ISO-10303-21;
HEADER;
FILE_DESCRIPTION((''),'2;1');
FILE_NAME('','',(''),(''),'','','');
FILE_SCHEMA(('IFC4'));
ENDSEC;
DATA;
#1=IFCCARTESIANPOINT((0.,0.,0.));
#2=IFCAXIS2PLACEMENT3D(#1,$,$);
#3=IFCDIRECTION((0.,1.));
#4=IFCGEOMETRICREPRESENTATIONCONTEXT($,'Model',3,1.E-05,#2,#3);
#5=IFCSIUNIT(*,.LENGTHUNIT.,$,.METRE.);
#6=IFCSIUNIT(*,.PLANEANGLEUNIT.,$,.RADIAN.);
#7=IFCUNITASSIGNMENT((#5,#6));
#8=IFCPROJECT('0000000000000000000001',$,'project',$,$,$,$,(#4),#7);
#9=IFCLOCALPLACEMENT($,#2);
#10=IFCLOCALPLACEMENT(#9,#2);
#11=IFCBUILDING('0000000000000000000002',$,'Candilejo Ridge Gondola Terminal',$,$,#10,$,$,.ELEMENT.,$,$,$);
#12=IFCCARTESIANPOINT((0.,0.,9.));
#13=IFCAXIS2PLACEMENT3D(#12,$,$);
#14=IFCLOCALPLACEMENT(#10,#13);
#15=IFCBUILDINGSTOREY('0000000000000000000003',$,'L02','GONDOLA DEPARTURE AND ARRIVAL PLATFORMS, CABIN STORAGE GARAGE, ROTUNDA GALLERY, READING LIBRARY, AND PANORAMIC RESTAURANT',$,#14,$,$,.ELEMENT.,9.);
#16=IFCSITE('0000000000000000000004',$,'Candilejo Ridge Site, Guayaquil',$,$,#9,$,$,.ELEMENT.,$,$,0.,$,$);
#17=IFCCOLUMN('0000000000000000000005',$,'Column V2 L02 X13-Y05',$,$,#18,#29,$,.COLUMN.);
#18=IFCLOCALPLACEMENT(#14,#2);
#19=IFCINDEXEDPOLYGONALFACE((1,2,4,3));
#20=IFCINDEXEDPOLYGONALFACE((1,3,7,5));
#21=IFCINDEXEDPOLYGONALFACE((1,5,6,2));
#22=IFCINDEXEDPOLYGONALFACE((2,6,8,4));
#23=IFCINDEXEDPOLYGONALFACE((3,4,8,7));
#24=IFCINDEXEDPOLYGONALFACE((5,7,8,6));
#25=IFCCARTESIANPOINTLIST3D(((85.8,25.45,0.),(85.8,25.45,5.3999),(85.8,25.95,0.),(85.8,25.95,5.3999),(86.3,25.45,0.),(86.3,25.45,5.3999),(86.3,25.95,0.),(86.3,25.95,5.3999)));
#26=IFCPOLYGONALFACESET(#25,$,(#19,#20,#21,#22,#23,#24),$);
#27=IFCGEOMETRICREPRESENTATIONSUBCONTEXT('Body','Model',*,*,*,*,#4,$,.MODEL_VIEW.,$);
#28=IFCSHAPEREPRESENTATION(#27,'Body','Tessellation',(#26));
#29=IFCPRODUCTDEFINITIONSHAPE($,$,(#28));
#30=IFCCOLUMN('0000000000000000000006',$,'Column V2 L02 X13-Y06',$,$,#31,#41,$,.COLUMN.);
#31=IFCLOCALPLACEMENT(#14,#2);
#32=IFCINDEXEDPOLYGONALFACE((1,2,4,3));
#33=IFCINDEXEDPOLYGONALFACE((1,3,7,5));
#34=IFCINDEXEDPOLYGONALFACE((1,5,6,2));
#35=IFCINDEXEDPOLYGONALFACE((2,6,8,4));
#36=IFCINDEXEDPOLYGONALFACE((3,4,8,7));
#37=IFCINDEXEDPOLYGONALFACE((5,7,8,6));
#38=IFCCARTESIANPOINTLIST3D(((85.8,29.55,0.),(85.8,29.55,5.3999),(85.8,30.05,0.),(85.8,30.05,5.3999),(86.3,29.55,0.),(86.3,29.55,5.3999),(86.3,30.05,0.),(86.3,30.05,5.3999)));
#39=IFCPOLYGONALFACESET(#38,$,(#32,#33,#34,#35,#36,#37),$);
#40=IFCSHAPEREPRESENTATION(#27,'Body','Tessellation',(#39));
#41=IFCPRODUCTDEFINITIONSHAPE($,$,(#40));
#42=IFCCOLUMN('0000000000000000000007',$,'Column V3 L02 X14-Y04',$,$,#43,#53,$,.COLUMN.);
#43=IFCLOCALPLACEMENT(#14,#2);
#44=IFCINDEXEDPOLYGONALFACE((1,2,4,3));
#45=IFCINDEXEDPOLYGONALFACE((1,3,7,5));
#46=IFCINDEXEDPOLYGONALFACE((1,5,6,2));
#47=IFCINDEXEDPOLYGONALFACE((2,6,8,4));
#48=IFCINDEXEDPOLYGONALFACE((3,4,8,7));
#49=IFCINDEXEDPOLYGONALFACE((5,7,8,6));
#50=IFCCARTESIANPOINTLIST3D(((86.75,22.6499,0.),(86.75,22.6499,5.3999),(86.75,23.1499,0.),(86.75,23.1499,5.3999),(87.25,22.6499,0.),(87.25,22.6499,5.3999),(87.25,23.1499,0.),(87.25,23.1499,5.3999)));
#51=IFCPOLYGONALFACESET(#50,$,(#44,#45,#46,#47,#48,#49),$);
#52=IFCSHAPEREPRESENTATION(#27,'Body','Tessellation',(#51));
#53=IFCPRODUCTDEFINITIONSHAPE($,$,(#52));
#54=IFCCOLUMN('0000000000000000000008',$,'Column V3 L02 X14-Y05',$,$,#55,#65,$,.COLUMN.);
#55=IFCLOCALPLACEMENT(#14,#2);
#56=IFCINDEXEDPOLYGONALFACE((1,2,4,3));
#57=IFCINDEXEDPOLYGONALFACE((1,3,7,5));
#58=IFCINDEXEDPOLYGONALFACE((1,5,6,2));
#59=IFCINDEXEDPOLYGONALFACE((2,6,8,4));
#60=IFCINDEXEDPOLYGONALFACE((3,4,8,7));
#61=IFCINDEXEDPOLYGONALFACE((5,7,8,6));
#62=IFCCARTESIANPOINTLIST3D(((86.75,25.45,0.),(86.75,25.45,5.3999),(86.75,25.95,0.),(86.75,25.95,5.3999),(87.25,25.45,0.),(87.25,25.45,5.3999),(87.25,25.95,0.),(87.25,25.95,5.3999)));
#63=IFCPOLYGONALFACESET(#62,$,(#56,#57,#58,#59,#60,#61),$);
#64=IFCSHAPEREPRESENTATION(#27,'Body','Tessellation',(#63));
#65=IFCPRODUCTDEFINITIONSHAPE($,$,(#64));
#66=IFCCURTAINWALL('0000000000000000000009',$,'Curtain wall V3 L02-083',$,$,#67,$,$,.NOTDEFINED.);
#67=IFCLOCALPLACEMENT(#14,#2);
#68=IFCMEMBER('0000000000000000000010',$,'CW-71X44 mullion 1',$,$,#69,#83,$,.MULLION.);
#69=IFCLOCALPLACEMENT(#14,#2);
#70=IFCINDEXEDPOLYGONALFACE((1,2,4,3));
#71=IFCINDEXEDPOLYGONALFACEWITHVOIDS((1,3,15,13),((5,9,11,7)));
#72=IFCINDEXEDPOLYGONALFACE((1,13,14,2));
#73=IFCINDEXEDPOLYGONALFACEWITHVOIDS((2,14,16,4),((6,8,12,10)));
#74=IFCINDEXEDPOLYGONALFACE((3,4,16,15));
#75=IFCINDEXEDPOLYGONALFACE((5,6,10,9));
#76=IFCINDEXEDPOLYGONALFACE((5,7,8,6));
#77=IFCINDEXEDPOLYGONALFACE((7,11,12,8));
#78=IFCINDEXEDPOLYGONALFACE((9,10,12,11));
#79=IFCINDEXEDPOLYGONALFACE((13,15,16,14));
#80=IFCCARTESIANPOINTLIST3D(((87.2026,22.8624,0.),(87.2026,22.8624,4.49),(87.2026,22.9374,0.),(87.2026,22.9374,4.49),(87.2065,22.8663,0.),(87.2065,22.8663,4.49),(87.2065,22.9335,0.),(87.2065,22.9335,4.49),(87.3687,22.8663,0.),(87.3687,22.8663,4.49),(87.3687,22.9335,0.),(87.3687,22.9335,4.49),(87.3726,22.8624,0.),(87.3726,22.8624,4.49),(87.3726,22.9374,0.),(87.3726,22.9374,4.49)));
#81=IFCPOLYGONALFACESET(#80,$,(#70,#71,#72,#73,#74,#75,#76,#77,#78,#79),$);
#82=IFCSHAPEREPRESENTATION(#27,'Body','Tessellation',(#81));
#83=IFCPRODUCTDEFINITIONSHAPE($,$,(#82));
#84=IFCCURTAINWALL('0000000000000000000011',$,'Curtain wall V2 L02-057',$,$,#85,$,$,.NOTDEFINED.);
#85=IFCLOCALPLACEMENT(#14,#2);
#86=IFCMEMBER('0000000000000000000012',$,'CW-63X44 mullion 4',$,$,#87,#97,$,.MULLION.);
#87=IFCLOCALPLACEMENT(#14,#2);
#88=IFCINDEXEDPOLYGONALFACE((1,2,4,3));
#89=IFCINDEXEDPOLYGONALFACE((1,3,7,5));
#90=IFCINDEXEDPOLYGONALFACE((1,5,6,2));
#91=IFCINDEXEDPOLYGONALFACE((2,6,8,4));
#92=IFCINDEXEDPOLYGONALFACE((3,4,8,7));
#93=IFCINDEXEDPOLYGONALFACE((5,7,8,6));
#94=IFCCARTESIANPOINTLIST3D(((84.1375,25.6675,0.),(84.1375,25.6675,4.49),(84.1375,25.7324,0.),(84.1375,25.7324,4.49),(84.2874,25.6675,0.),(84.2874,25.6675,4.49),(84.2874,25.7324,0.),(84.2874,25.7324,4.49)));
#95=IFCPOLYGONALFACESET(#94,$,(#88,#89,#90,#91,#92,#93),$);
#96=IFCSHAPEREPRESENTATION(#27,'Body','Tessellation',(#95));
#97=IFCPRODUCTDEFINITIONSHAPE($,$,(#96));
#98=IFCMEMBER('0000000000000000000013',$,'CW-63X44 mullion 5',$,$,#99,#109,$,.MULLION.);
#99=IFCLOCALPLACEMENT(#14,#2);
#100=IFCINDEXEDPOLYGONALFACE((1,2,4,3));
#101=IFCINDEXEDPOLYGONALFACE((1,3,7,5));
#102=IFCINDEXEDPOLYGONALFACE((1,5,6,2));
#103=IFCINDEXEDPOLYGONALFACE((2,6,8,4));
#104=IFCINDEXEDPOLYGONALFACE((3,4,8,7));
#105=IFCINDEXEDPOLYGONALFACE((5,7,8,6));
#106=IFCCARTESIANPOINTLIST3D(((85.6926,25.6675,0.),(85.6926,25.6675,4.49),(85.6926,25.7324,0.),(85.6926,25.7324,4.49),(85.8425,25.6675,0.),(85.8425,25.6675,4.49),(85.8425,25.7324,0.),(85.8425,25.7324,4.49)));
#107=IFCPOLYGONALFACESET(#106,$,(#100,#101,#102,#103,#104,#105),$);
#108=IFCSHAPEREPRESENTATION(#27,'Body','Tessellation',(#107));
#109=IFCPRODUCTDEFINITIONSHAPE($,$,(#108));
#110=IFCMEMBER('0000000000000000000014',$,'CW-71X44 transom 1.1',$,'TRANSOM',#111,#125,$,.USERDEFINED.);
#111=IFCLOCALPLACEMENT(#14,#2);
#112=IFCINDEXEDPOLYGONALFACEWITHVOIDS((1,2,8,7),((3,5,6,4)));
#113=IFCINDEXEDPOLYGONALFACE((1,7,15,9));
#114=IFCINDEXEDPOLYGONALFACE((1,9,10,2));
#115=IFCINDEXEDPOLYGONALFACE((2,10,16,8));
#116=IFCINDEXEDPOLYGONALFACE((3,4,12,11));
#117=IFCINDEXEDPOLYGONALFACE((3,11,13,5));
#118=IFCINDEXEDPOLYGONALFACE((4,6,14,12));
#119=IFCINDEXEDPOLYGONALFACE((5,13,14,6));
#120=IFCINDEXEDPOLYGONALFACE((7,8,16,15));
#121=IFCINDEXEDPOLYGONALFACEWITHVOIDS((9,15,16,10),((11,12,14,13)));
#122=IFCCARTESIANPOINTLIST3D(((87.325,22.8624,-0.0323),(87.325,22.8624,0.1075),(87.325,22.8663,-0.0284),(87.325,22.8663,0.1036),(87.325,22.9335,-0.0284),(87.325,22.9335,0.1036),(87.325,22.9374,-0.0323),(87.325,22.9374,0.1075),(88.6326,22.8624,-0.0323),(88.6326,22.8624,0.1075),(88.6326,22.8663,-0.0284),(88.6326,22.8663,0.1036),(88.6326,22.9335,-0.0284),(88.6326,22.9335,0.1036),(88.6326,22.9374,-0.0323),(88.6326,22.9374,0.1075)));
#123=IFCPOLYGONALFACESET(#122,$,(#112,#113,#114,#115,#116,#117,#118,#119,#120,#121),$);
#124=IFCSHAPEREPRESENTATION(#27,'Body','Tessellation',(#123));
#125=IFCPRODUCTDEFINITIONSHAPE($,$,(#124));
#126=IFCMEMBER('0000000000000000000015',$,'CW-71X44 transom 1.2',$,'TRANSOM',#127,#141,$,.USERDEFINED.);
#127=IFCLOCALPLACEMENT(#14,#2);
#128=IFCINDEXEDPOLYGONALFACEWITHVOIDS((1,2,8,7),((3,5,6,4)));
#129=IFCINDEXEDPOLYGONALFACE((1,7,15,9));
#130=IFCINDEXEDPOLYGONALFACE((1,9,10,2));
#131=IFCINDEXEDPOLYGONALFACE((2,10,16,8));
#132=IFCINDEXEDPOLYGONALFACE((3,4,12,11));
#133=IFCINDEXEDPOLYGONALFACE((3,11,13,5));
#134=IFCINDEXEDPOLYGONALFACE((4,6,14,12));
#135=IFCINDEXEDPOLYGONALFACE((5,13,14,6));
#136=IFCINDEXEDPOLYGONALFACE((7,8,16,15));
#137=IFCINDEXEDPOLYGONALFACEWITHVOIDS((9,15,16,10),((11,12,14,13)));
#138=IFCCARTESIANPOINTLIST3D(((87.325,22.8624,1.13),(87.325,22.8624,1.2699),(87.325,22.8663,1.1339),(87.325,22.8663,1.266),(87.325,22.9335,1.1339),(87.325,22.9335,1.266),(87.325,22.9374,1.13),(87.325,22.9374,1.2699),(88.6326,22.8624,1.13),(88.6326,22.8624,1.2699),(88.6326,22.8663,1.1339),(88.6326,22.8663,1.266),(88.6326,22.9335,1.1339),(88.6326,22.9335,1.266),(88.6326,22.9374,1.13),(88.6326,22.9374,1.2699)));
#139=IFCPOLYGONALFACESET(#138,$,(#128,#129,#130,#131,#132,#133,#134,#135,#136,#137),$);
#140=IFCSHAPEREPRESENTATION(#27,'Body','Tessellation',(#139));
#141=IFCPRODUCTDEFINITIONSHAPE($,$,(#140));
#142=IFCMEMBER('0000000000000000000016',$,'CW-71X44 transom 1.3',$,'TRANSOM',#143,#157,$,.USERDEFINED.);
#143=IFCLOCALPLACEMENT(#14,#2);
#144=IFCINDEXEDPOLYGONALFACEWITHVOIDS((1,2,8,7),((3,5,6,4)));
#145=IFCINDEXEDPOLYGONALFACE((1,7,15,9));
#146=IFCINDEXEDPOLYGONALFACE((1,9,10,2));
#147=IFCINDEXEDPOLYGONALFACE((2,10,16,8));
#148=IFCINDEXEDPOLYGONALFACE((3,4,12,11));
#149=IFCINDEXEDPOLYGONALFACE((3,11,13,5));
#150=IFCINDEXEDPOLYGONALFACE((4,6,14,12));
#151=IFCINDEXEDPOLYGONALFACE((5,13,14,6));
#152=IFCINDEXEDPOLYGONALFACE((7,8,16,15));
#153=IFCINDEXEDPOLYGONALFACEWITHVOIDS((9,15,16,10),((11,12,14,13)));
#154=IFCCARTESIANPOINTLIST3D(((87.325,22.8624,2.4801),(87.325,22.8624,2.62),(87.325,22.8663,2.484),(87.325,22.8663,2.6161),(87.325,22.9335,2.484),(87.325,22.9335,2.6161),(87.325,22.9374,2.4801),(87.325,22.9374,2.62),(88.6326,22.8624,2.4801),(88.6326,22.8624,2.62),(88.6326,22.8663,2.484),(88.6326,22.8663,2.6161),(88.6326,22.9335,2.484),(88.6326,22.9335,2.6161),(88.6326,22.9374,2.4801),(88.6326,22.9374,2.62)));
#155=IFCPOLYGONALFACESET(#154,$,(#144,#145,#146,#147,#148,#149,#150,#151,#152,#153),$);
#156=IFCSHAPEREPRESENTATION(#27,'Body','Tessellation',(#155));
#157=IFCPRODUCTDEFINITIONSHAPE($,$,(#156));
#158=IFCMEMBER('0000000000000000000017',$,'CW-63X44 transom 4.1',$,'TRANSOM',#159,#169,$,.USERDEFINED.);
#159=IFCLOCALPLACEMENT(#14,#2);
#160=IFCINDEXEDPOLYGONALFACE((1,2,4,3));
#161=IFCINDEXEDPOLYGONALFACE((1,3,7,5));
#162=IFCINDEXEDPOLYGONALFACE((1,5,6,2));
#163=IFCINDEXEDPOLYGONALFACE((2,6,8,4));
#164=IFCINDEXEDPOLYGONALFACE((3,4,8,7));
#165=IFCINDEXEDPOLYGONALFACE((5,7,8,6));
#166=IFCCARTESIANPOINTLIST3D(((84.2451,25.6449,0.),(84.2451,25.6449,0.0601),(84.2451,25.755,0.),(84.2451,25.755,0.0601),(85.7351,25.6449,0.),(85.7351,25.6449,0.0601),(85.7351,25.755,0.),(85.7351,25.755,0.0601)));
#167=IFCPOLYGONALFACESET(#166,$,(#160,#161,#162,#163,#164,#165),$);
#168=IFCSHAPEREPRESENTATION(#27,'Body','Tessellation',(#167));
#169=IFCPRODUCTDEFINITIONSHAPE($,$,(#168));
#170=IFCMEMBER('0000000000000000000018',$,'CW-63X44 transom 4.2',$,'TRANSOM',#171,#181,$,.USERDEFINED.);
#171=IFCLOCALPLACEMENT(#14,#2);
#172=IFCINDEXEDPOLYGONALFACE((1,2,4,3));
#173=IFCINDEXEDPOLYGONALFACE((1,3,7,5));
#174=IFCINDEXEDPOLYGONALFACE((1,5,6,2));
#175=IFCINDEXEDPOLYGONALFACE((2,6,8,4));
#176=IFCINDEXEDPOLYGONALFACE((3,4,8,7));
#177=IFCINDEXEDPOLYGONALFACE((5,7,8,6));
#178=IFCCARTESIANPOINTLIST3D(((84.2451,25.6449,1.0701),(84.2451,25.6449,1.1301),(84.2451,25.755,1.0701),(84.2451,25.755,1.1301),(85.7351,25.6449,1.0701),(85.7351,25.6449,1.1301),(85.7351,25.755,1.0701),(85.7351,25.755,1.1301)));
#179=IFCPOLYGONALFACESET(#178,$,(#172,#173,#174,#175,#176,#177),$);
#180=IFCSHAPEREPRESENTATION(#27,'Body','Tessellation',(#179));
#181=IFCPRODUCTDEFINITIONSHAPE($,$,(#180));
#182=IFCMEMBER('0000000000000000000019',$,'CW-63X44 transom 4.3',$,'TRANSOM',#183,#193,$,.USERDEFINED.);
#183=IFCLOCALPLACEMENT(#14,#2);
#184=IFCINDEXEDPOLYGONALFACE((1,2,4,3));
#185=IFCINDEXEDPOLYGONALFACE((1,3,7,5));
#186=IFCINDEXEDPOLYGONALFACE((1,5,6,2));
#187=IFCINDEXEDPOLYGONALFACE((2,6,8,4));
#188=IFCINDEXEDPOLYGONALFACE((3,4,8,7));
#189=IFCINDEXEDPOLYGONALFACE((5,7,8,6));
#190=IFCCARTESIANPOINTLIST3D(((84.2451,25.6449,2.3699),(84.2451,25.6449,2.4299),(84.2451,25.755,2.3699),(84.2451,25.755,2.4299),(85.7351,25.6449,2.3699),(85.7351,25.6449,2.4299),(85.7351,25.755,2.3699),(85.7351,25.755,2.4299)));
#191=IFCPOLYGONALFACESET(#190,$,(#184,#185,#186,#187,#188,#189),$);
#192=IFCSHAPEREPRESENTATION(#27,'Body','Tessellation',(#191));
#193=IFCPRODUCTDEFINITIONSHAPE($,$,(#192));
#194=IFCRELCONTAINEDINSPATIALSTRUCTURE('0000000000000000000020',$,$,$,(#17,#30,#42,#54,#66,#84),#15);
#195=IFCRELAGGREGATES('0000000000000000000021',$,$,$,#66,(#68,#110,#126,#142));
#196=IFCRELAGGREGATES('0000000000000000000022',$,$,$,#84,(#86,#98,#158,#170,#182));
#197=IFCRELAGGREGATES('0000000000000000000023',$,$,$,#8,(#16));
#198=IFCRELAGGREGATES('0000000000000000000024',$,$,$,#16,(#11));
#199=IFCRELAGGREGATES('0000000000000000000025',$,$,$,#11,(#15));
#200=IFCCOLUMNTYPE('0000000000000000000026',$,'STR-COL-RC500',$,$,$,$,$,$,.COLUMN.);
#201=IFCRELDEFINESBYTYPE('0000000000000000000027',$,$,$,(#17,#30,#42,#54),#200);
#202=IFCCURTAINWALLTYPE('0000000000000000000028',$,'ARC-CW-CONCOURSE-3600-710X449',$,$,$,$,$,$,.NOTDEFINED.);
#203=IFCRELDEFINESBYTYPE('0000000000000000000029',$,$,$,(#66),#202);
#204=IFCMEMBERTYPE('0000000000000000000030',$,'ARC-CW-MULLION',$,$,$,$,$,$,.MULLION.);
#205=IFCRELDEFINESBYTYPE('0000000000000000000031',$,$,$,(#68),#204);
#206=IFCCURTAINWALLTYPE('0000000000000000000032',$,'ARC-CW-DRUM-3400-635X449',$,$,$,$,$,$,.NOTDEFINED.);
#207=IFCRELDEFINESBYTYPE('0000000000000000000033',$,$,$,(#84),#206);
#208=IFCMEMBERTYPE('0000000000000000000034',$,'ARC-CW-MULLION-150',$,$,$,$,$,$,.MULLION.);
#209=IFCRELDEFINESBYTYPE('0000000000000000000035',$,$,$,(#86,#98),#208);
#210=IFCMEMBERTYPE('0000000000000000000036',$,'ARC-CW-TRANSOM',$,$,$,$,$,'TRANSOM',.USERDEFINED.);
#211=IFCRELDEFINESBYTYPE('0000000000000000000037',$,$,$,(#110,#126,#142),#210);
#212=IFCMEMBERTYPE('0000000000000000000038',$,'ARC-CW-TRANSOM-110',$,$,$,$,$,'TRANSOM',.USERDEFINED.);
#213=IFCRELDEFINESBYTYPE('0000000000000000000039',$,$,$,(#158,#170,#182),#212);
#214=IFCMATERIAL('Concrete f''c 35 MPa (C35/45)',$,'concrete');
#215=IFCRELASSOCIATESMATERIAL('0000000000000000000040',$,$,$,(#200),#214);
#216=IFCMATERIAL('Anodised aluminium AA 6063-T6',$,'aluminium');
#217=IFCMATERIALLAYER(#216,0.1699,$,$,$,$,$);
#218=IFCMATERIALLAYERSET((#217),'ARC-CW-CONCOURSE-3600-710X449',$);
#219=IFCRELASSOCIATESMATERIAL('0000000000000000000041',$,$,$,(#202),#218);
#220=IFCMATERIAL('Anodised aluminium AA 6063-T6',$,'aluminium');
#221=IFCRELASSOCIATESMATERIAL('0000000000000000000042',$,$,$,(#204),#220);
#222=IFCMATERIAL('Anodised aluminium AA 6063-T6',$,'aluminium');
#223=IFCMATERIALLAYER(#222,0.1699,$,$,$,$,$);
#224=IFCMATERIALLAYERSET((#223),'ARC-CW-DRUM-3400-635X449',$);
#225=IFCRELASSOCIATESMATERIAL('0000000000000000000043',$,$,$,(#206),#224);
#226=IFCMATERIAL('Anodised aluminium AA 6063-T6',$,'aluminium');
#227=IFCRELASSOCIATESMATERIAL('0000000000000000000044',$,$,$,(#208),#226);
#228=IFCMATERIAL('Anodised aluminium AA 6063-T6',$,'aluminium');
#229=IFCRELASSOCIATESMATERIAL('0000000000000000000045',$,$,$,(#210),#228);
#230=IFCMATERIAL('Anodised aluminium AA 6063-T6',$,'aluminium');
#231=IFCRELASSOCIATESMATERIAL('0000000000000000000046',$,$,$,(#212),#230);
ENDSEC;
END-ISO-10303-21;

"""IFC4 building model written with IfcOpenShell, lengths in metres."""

from ifc_helpers import new_model, si_unit, direction, frame, origin, origin_2d, place, context, subcontext, project, spatial, rectangle, hollow_rectangle, extrude, material, layer, layer_set, material_profile, profile_set, type_object, element, aggregate, save


model = new_model("IFC4")

# Units and contexts
model_context = context("Model", 3, precision=1e-05, world=origin(), true_north=direction((0.0, 1.0)))
body_context = subcontext(model_context, "Body", "Model", "MODEL_VIEW")
ifc_project = project(units=[si_unit("LENGTHUNIT", "METRE"), si_unit("PLANEANGLEUNIT", "RADIAN")], contexts=[model_context])

# Site, building, storey
site_placement = place(None, origin())
site = spatial("IfcSite", under=ifc_project, at=site_placement, Name="Candilejo Ridge Site, Guayaquil", CompositionType="ELEMENT", RefElevation=0.0)
building_placement = place(site_placement, origin())
building = spatial("IfcBuilding", under=site, at=building_placement, Name="Candilejo Ridge Gondola Terminal", CompositionType="ELEMENT")
storey_placement = place(building_placement, frame((0.0, 0.0, 9.0)))
storey = spatial("IfcBuildingStorey", under=building, at=storey_placement, Name="L02", Description="GONDOLA DEPARTURE AND ARRIVAL PLATFORMS, CABIN STORAGE GARAGE, ROTUNDA GALLERY, READING LIBRARY, AND PANORAMIC RESTAURANT", CompositionType="ELEMENT", Elevation=9.0)

# Columns
ifc_material_1 = material(Name="Concrete f'c 35 MPa (C35/45)", Category="concrete")
ifc_material_profile_1 = material_profile(ifc_material_1, rectangle(XDim=0.5, YDim=0.5, at=origin_2d()))
ifc_profile_set_1 = profile_set([ifc_material_profile_1], Name="Concrete f'c 35 MPa (C35/45)")
column_type = type_object("IfcColumnType", Name="STR-COL-RC500", PredefinedType="COLUMN", material=ifc_profile_set_1)
for number, where, z_axis, x_axis, name in (
    (1, (86.05, 25.7, 0.0), (0.0, 0.0, 1.0), (1.0, 0.0, 0.0), "Column V2 L02 X13-Y05"),
    (2, (86.05, 29.8, 0.0), (0.0, 0.0, 1.0), (1.0, 0.0, 0.0), "Column V2 L02 X13-Y06"),
    (3, (87.0, 22.8999, 0.0), (0.0, 0.0, 1.0), (1.0, 0.0, 0.0), "Column V3 L02 X14-Y04"),
    (4, (87.0, 25.7, 0.0), (0.0, 0.0, 1.0), (1.0, 0.0, 0.0), "Column V3 L02 X14-Y05"),
):
    element("IfcColumn", number, at=place(storey_placement, frame(where, z_axis=z_axis, x_axis=x_axis)), inside=storey, type_object=column_type, Name=name, PredefinedType="COLUMN", context=body_context, shape_type="SweptSolid", body=[
        extrude(rectangle(XDim=0.5, YDim=0.5, at=origin_2d()), origin(), (0.0, 0.0, 1.0), 5.3999),
    ])

# Curtain wall, member
ifc_material_2 = material(Name="Anodised aluminium AA 6063-T6", Category="aluminium")
ifc_layer_1 = layer(ifc_material_2, 0.1699)
ifc_layer_set_1 = layer_set([ifc_layer_1], Name="ARC-CW-CONCOURSE-3600-710X449")
curtain_wall_type_1 = type_object("IfcCurtainWallType", Name="ARC-CW-CONCOURSE-3600-710X449", PredefinedType="NOTDEFINED", material=ifc_layer_set_1)
curtain_wall_1_placement = place(storey_placement, origin())
curtain_wall_1 = element("IfcCurtainWall", 5, at=curtain_wall_1_placement, inside=storey, type_object=curtain_wall_type_1, Name="Curtain wall V3 L02-083", PredefinedType="NOTDEFINED")
ifc_material_3 = material(Name="Anodised aluminium AA 6063-T6", Category="aluminium")
ifc_material_profile_2 = material_profile(ifc_material_3, hollow_rectangle(XDim=0.075, YDim=0.1699, WallThickness=0.0039, at=origin_2d()))
ifc_profile_set_2 = profile_set([ifc_material_profile_2], Name="Anodised aluminium AA 6063-T6")
member_type_1 = type_object("IfcMemberType", Name="ARC-CW-MULLION", PredefinedType="MULLION", material=ifc_profile_set_2)
member_1_placement = place(storey_placement, frame((87.2876, 22.8999, 0.0), z_axis=(0.0, 0.0, 1.0), x_axis=(0.0, 1.0, 0.0)))
member_1 = element("IfcMember", 6, at=member_1_placement, type_object=member_type_1, Name="CW-71X44 mullion 1", PredefinedType="MULLION", context=body_context, shape_type="SweptSolid", body=[
    extrude(hollow_rectangle(XDim=0.075, YDim=0.1699, WallThickness=0.0039, at=origin_2d()), origin(), (0.0, 0.0, 1.0), 4.49),
])

# Curtain wall, members
ifc_material_4 = material(Name="Anodised aluminium AA 6063-T6", Category="aluminium")
ifc_layer_2 = layer(ifc_material_4, 0.1699)
ifc_layer_set_2 = layer_set([ifc_layer_2], Name="ARC-CW-DRUM-3400-635X449")
curtain_wall_type_2 = type_object("IfcCurtainWallType", Name="ARC-CW-DRUM-3400-635X449", PredefinedType="NOTDEFINED", material=ifc_layer_set_2)
curtain_wall_2_placement = place(storey_placement, origin())
curtain_wall_2 = element("IfcCurtainWall", 7, at=curtain_wall_2_placement, inside=storey, type_object=curtain_wall_type_2, Name="Curtain wall V2 L02-057", PredefinedType="NOTDEFINED")
ifc_material_5 = material(Name="Anodised aluminium AA 6063-T6", Category="aluminium")
ifc_material_profile_3 = material_profile(ifc_material_5, rectangle(XDim=0.0649, YDim=0.1499, at=origin_2d()))
ifc_profile_set_3 = profile_set([ifc_material_profile_3], Name="Anodised aluminium AA 6063-T6")
member_type_2 = type_object("IfcMemberType", Name="ARC-CW-MULLION-150", PredefinedType="MULLION", material=ifc_profile_set_3)
member_2_placement = place(storey_placement, frame((84.2124, 25.7, 0.0), z_axis=(0.0, 0.0, 1.0), x_axis=(0.0, 1.0, 0.0)))
member_2 = element("IfcMember", 8, at=member_2_placement, type_object=member_type_2, Name="CW-63X44 mullion 4", PredefinedType="MULLION", context=body_context, shape_type="SweptSolid", body=[
    extrude(rectangle(XDim=0.0649, YDim=0.1499, at=origin_2d()), origin(), (0.0, 0.0, 1.0), 4.49),
])
member_3_placement = place(storey_placement, frame((85.7676, 25.7, 0.0), z_axis=(0.0, 0.0, 1.0), x_axis=(0.0, 1.0, 0.0)))
member_3 = element("IfcMember", 9, at=member_3_placement, type_object=member_type_2, Name="CW-63X44 mullion 5", PredefinedType="MULLION", context=body_context, shape_type="SweptSolid", body=[
    extrude(rectangle(XDim=0.0649, YDim=0.1499, at=origin_2d()), origin(), (0.0, 0.0, 1.0), 4.49),
])

# Members
ifc_material_6 = material(Name="Anodised aluminium AA 6063-T6", Category="aluminium")
ifc_material_profile_4 = material_profile(ifc_material_6, hollow_rectangle(XDim=0.075, YDim=0.1399, WallThickness=0.0039, at=origin_2d()))
ifc_profile_set_4 = profile_set([ifc_material_profile_4], Name="Anodised aluminium AA 6063-T6")
member_type_3 = type_object("IfcMemberType", Name="ARC-CW-TRANSOM", ElementType="TRANSOM", PredefinedType="USERDEFINED", material=ifc_profile_set_4)
member_4_placement = place(storey_placement, frame((87.325, 22.8999, 0.0376), z_axis=(1.0, 0.0, 0.0), x_axis=(0.0, 1.0, 0.0)))
member_4 = element("IfcMember", 10, at=member_4_placement, type_object=member_type_3, Name="CW-71X44 transom 1.1", ObjectType="TRANSOM", PredefinedType="USERDEFINED", context=body_context, shape_type="SweptSolid", body=[
    extrude(hollow_rectangle(XDim=0.075, YDim=0.1399, WallThickness=0.0039, at=origin_2d()), origin(), (0.0, 0.0, 1.0), 1.3076),
])
member_5_placement = place(storey_placement, frame((87.325, 22.8999, 1.2), z_axis=(1.0, 0.0, 0.0), x_axis=(0.0, 1.0, 0.0)))
member_5 = element("IfcMember", 11, at=member_5_placement, type_object=member_type_3, Name="CW-71X44 transom 1.2", ObjectType="TRANSOM", PredefinedType="USERDEFINED", context=body_context, shape_type="SweptSolid", body=[
    extrude(hollow_rectangle(XDim=0.075, YDim=0.1399, WallThickness=0.0039, at=origin_2d()), origin(), (0.0, 0.0, 1.0), 1.3076),
])
member_6_placement = place(storey_placement, frame((87.325, 22.8999, 2.55), z_axis=(1.0, 0.0, 0.0), x_axis=(0.0, 1.0, 0.0)))
member_6 = element("IfcMember", 12, at=member_6_placement, type_object=member_type_3, Name="CW-71X44 transom 1.3", ObjectType="TRANSOM", PredefinedType="USERDEFINED", context=body_context, shape_type="SweptSolid", body=[
    extrude(hollow_rectangle(XDim=0.075, YDim=0.1399, WallThickness=0.0039, at=origin_2d()), origin(), (0.0, 0.0, 1.0), 1.3076),
])
aggregate(curtain_wall_1, [member_1, member_4, member_5, member_6])
ifc_material_7 = material(Name="Anodised aluminium AA 6063-T6", Category="aluminium")
ifc_material_profile_5 = material_profile(ifc_material_7, rectangle(XDim=0.1101, YDim=0.0601, at=origin_2d()))
ifc_profile_set_5 = profile_set([ifc_material_profile_5], Name="Anodised aluminium AA 6063-T6")
member_type_4 = type_object("IfcMemberType", Name="ARC-CW-TRANSOM-110", ElementType="TRANSOM", PredefinedType="USERDEFINED", material=ifc_profile_set_5)
member_7_placement = place(storey_placement, frame((84.2451, 25.7, 0.03), z_axis=(1.0, 0.0, 0.0), x_axis=(0.0, 1.0, 0.0)))
member_7 = element("IfcMember", 13, at=member_7_placement, type_object=member_type_4, Name="CW-63X44 transom 4.1", ObjectType="TRANSOM", PredefinedType="USERDEFINED", context=body_context, shape_type="SweptSolid", body=[
    extrude(rectangle(XDim=0.1101, YDim=0.0601, at=origin_2d()), origin(), (0.0, 0.0, 1.0), 1.49),
])
member_8_placement = place(storey_placement, frame((84.2451, 25.7, 1.1001), z_axis=(1.0, 0.0, 0.0), x_axis=(0.0, 1.0, 0.0)))
member_8 = element("IfcMember", 14, at=member_8_placement, type_object=member_type_4, Name="CW-63X44 transom 4.2", ObjectType="TRANSOM", PredefinedType="USERDEFINED", context=body_context, shape_type="SweptSolid", body=[
    extrude(rectangle(XDim=0.1101, YDim=0.0601, at=origin_2d()), origin(), (0.0, 0.0, 1.0), 1.49),
])
member_9_placement = place(storey_placement, frame((84.2451, 25.7, 2.3999), z_axis=(1.0, 0.0, 0.0), x_axis=(0.0, 1.0, 0.0)))
member_9 = element("IfcMember", 15, at=member_9_placement, type_object=member_type_4, Name="CW-63X44 transom 4.3", ObjectType="TRANSOM", PredefinedType="USERDEFINED", context=body_context, shape_type="SweptSolid", body=[
    extrude(rectangle(XDim=0.1101, YDim=0.0601, at=origin_2d()), origin(), (0.0, 0.0, 1.0), 1.49),
])

aggregate(curtain_wall_2, [member_2, member_3, member_7, member_8, member_9])

save(model, "model.ifc")
